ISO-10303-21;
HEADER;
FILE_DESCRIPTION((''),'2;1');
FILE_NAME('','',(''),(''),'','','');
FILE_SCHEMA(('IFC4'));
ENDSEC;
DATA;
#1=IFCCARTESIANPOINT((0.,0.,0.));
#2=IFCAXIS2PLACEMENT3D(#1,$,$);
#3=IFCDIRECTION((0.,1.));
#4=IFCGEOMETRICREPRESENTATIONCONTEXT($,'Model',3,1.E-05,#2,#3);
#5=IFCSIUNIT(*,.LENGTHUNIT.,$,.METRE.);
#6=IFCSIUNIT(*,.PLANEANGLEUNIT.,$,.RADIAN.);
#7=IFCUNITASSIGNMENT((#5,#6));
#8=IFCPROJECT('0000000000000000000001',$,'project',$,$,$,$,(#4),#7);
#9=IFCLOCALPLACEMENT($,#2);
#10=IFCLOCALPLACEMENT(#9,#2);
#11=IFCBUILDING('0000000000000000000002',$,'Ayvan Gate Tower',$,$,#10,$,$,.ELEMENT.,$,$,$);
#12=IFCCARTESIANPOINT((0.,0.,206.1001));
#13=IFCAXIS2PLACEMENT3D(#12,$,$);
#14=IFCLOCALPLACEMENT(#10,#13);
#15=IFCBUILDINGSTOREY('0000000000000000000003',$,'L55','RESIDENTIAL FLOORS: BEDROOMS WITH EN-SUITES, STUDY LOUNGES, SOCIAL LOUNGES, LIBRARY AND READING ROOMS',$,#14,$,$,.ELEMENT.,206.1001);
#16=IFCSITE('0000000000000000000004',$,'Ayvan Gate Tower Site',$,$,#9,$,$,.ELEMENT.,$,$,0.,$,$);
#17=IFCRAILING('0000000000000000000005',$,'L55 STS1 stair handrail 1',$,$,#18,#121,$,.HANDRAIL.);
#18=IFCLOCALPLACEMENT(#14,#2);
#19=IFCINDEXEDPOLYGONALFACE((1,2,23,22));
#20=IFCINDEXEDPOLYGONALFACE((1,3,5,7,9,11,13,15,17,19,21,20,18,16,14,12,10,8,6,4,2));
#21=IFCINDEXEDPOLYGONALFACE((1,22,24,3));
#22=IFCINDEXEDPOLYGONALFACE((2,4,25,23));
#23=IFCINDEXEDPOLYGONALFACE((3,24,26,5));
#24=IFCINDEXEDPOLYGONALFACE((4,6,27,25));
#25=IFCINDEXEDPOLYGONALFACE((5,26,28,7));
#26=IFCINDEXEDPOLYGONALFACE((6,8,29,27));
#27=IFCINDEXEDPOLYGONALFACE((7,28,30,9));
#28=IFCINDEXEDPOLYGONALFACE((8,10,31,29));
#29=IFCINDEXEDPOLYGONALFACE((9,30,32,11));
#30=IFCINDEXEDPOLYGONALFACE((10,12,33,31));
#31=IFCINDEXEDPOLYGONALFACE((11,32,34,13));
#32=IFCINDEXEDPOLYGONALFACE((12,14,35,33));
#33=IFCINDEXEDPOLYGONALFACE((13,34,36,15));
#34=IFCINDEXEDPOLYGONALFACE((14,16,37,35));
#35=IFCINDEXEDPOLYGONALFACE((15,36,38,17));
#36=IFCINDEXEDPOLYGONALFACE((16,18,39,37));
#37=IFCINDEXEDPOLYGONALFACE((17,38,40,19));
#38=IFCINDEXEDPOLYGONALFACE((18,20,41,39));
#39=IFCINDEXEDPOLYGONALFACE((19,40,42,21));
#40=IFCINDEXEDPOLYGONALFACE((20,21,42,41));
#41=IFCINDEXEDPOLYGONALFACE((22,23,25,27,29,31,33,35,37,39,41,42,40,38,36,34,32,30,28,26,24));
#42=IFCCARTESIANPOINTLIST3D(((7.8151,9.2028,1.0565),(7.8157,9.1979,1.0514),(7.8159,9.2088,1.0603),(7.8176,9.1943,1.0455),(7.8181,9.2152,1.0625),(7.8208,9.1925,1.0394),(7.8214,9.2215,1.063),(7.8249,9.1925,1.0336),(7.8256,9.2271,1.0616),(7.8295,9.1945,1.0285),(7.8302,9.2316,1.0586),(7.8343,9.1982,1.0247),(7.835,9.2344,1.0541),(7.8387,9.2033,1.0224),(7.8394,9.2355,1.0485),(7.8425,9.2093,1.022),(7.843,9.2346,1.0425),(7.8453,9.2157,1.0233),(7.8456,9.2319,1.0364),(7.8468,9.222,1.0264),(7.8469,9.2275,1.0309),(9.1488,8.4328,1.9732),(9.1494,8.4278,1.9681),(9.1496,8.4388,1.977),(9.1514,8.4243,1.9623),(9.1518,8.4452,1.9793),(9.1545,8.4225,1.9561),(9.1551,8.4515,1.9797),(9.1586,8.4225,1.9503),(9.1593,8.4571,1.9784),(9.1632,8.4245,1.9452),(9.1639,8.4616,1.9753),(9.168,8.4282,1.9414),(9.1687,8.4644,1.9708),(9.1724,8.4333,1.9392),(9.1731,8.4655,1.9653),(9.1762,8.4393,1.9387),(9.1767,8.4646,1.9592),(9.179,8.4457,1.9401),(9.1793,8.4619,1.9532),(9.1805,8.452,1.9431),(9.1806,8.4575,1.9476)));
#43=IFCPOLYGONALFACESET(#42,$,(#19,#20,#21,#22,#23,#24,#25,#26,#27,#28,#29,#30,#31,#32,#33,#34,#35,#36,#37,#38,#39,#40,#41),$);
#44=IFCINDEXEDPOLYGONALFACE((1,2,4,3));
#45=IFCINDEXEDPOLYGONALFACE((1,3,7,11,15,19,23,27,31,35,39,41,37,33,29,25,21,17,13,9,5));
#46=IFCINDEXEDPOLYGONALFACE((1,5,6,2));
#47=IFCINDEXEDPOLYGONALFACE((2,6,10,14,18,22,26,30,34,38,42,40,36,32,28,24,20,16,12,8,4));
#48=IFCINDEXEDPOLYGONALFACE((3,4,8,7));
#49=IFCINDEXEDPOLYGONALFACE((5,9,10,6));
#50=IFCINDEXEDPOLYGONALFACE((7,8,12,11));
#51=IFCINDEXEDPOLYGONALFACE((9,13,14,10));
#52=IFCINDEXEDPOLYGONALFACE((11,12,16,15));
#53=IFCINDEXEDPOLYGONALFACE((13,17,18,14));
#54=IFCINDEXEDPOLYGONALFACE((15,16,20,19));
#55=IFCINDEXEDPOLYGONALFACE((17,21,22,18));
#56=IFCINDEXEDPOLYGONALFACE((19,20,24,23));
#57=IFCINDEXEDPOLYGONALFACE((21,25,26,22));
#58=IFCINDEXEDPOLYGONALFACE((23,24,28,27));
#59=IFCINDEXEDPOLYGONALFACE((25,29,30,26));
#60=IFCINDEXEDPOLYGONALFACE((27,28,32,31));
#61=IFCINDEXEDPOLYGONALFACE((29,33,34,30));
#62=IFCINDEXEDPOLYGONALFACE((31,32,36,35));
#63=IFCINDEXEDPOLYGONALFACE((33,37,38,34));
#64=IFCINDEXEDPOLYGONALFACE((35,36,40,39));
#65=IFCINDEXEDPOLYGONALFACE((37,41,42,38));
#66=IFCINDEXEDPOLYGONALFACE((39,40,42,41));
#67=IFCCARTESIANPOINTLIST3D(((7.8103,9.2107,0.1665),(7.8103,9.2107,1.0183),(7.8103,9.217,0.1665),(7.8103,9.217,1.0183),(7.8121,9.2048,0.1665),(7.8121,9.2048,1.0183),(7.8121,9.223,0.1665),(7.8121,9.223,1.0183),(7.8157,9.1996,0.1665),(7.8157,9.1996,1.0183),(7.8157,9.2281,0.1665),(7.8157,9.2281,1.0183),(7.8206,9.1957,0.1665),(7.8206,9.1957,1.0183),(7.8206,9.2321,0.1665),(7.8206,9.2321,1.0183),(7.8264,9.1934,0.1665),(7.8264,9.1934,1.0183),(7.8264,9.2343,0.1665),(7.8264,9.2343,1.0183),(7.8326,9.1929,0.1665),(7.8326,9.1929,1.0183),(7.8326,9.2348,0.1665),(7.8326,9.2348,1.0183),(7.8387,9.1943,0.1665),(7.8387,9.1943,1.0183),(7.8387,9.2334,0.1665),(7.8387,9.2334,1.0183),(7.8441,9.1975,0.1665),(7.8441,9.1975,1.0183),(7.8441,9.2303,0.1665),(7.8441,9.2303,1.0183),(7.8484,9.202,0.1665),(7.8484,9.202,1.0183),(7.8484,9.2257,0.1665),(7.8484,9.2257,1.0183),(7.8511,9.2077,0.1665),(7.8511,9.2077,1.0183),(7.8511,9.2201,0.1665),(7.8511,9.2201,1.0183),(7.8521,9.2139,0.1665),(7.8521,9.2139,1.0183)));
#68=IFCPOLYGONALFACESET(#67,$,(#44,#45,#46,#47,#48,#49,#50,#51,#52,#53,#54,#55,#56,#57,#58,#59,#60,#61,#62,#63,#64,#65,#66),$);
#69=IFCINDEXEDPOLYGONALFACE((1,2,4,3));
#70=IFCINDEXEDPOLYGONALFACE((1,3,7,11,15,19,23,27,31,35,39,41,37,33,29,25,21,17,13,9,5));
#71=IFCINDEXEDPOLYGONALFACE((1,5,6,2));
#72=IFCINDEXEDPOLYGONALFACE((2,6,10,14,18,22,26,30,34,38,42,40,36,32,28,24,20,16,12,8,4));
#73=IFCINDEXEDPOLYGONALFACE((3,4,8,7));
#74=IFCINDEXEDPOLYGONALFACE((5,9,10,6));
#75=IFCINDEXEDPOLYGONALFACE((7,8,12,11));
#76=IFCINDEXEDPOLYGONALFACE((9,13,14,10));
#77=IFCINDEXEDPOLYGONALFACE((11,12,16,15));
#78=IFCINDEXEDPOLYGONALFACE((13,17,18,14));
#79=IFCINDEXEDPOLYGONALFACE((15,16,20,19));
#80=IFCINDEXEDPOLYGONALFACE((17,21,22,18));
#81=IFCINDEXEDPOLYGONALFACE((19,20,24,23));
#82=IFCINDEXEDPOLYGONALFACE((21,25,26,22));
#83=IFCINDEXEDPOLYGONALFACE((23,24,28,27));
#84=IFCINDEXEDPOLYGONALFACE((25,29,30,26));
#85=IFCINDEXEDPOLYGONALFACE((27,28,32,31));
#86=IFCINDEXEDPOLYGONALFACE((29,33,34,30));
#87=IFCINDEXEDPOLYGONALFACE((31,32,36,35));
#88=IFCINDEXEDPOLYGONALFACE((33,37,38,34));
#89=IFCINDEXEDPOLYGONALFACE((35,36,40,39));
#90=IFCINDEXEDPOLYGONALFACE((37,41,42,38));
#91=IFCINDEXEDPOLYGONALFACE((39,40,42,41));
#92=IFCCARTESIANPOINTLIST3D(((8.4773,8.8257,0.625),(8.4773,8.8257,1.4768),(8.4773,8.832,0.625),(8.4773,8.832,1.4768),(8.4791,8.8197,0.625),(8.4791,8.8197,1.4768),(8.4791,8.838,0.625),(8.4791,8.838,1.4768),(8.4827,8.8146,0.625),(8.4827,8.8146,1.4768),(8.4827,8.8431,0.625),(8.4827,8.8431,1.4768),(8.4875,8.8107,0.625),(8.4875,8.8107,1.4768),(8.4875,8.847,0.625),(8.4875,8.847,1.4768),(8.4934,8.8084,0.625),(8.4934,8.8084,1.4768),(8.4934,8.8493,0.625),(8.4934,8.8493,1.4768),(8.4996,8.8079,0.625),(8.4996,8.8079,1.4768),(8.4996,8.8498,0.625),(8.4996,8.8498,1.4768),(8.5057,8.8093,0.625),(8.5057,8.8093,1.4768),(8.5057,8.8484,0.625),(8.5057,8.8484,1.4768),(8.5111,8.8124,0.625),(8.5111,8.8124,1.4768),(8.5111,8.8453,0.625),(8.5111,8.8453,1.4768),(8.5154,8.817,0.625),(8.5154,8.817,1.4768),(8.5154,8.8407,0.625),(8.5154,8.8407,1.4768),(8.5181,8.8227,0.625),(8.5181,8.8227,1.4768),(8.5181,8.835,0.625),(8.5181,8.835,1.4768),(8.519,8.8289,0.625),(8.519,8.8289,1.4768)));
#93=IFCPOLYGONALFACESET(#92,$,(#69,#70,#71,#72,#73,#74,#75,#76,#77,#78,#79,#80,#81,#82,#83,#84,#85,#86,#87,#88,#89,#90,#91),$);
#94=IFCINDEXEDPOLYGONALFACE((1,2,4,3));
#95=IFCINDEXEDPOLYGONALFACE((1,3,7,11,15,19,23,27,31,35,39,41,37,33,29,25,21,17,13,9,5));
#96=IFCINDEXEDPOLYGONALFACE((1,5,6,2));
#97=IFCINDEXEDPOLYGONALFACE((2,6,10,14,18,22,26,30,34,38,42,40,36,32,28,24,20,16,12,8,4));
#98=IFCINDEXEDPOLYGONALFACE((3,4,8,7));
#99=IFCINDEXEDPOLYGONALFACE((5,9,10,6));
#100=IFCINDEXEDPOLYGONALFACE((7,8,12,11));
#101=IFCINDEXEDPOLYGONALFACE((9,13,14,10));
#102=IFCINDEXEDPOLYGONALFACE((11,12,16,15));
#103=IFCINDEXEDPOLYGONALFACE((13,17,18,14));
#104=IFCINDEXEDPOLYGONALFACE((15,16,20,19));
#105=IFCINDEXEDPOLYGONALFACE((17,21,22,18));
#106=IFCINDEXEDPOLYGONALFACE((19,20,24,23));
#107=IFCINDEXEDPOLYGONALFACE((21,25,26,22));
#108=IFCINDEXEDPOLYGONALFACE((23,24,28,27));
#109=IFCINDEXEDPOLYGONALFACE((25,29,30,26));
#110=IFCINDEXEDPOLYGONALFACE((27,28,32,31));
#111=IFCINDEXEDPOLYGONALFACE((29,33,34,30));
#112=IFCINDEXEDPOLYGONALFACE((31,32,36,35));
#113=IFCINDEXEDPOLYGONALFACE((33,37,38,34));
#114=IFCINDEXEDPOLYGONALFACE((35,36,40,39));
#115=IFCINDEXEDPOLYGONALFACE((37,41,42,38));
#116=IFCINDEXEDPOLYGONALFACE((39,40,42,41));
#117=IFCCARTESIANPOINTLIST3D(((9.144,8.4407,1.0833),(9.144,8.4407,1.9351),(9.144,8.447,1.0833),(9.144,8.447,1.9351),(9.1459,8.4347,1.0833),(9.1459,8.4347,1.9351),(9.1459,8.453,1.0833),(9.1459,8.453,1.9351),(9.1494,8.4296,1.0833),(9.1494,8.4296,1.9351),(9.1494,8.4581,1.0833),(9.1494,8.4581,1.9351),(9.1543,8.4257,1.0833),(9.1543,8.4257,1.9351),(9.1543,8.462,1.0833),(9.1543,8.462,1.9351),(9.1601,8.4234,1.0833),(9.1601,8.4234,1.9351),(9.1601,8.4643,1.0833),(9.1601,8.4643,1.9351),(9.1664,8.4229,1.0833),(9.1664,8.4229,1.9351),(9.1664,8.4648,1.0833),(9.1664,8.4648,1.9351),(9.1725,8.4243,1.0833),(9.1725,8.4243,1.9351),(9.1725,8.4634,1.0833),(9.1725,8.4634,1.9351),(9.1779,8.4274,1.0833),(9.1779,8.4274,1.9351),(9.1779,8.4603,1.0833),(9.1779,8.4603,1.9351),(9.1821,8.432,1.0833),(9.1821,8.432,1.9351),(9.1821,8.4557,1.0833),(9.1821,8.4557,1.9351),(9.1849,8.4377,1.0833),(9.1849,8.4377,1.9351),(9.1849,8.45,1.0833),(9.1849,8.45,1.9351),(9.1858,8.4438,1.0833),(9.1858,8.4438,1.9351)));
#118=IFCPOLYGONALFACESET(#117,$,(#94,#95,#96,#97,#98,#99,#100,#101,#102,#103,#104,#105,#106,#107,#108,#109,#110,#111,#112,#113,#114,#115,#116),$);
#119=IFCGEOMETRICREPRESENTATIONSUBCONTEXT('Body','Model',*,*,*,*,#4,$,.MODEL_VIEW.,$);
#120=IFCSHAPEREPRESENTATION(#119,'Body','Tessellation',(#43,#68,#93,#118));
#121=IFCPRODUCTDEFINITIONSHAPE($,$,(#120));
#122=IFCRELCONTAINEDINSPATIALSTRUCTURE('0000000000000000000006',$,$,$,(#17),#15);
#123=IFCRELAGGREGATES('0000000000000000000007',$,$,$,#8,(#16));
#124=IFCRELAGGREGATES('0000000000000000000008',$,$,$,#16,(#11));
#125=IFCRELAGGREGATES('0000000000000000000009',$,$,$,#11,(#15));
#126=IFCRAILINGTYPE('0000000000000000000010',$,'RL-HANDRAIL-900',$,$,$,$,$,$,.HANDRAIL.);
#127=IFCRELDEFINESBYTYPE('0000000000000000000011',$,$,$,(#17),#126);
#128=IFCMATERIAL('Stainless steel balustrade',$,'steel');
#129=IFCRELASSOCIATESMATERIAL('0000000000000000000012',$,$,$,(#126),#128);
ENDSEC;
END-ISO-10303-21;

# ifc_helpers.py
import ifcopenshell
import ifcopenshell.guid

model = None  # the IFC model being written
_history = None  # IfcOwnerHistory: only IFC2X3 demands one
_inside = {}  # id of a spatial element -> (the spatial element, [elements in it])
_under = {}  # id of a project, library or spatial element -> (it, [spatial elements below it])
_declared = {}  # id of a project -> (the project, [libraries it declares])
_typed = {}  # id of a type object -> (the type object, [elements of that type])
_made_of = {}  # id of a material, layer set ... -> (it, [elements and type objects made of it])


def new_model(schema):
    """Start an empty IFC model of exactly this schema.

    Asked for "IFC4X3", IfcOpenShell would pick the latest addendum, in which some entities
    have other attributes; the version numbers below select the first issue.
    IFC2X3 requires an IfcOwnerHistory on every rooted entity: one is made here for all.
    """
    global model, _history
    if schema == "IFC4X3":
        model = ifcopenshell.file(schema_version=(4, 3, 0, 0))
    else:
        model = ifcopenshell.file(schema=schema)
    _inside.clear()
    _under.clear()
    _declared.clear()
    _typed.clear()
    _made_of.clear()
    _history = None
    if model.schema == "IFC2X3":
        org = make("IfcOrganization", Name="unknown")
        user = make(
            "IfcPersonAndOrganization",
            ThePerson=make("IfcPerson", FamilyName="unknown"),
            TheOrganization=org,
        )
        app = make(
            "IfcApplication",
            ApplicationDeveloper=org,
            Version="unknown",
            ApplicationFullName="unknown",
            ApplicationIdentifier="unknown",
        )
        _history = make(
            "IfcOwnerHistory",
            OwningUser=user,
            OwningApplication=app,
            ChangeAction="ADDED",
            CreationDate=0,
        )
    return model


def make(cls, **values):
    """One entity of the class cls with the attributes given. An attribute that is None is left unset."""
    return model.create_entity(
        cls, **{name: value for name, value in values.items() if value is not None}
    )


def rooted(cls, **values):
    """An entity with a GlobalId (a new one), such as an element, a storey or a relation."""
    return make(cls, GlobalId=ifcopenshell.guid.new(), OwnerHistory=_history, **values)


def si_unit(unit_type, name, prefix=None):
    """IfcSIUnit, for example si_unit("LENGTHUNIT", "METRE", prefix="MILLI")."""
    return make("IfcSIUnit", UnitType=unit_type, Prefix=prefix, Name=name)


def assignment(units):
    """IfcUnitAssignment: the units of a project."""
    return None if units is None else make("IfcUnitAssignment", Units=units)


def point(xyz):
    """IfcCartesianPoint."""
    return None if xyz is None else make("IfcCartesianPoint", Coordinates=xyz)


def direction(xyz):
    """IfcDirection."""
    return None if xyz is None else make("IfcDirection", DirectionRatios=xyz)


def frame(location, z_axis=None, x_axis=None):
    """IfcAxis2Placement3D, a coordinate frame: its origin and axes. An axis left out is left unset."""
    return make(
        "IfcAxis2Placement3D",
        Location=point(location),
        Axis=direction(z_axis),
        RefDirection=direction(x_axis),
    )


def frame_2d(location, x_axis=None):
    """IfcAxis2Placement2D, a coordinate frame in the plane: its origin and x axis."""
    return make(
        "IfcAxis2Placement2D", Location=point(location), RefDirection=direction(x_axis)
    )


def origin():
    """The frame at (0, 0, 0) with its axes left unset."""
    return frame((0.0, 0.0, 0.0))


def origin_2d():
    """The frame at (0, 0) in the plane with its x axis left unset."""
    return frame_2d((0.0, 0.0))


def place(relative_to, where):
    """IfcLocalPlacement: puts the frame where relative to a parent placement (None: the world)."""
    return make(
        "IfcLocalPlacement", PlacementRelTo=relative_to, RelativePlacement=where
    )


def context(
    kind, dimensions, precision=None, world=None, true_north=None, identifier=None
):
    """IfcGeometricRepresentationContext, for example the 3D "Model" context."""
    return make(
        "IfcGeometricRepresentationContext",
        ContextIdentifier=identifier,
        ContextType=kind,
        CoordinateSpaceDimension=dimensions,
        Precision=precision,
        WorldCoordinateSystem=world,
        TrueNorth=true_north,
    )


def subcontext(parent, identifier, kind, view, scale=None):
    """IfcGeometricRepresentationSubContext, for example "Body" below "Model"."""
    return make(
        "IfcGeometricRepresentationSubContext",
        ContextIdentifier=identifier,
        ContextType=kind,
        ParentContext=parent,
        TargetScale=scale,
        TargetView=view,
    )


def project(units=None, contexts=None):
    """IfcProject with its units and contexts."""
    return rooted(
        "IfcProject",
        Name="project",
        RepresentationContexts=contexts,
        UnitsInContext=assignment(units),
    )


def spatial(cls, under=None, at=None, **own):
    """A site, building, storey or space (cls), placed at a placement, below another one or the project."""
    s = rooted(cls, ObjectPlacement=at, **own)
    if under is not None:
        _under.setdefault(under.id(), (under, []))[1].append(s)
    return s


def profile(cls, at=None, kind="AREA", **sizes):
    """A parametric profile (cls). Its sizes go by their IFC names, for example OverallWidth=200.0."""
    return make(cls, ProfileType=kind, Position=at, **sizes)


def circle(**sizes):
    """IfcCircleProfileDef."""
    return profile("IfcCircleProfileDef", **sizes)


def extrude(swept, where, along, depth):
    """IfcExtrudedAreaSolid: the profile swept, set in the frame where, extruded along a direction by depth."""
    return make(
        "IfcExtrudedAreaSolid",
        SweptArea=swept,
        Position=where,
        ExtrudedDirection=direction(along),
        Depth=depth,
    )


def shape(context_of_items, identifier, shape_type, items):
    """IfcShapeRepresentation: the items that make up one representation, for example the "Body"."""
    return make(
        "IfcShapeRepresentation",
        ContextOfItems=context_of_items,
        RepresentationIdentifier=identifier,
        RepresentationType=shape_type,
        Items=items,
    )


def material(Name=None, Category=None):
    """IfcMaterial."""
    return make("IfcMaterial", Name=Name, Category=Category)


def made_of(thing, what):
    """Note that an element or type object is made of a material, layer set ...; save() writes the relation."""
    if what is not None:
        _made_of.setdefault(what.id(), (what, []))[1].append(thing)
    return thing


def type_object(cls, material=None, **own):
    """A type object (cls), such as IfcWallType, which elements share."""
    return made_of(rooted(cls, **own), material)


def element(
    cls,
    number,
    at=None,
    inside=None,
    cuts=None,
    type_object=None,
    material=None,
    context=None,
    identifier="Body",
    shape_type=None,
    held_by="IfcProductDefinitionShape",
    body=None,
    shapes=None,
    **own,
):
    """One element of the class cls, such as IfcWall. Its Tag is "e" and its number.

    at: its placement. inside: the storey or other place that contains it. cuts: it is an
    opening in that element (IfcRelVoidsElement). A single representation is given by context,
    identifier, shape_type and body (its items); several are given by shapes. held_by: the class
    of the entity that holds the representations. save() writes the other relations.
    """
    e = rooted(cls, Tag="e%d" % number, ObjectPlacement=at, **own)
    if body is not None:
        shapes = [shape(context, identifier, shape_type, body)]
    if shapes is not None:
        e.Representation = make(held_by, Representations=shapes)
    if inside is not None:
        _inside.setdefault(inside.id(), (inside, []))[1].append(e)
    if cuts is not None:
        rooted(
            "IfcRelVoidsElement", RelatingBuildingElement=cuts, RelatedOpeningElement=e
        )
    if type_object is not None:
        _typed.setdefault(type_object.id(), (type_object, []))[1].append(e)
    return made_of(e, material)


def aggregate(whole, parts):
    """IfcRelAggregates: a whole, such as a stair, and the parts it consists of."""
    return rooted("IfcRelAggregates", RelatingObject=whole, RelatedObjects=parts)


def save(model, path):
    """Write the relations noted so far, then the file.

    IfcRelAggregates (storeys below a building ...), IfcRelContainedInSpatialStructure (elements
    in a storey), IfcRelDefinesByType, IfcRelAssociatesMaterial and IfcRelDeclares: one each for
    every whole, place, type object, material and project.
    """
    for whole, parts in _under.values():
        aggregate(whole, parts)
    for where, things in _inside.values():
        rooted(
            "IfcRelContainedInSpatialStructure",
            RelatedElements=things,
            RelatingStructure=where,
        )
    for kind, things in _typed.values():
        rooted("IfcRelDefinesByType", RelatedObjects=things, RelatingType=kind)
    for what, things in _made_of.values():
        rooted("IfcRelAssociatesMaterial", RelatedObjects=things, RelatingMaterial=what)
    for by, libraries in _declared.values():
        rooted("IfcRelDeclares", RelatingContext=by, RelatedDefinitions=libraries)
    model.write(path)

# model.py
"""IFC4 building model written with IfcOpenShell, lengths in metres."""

from ifc_helpers import new_model, si_unit, direction, frame, origin, origin_2d, place, context, subcontext, project, spatial, circle, extrude, material, type_object, element, save


model = new_model("IFC4")

# Units and contexts
model_context = context("Model", 3, precision=1e-05, world=origin(), true_north=direction((0.0, 1.0)))
body_context = subcontext(model_context, "Body", "Model", "MODEL_VIEW")
ifc_project = project(units=[si_unit("LENGTHUNIT", "METRE"), si_unit("PLANEANGLEUNIT", "RADIAN")], contexts=[model_context])

# Site, building, storey
site_placement = place(None, origin())
site = spatial("IfcSite", under=ifc_project, at=site_placement, Name="Ayvan Gate Tower Site", CompositionType="ELEMENT", RefElevation=0.0)
building_placement = place(site_placement, origin())
building = spatial("IfcBuilding", under=site, at=building_placement, Name="Ayvan Gate Tower", CompositionType="ELEMENT")
storey_placement = place(building_placement, frame((0.0, 0.0, 206.1001)))
storey = spatial("IfcBuildingStorey", under=building, at=storey_placement, Name="L55", Description="RESIDENTIAL FLOORS: BEDROOMS WITH EN-SUITES, STUDY LOUNGES, SOCIAL LOUNGES, LIBRARY AND READING ROOMS", CompositionType="ELEMENT", Elevation=206.1001)

# Railing
ifc_material_1 = material(Name="Stainless steel balustrade", Category="steel")
railing_type_1 = type_object("IfcRailingType", Name="RL-HANDRAIL-900", PredefinedType="HANDRAIL", material=ifc_material_1)
railing_1_placement = place(storey_placement, frame((7.8311, 9.2139, 0.1665)))
element("IfcRailing", 1, at=railing_1_placement, inside=storey, type_object=railing_type_1, Name="L55 STS1 stair handrail 1", PredefinedType="HANDRAIL", context=body_context, shape_type="SweptSolid", body=[
    extrude(circle(Radius=0.0239, at=origin_2d()), frame((0.0, 0.0, 0.876), z_axis=(0.744164, -0.429634, 0.511502), x_axis=(0.499992, 0.86603, 0.0)), (0.0, 0.0, 1.0), 1.7922),
    extrude(circle(Radius=0.021, at=origin_2d()), origin(), (0.0, 0.0, 1.0), 0.8518),
    extrude(circle(Radius=0.021, at=origin_2d()), frame((0.667, -0.385, 0.4585)), (0.0, 0.0, 1.0), 0.8518),
    extrude(circle(Radius=0.021, at=origin_2d()), frame((1.3337, -0.77, 0.9167)), (0.0, 0.0, 1.0), 0.8518),
])

save(model, "model.ifc")
